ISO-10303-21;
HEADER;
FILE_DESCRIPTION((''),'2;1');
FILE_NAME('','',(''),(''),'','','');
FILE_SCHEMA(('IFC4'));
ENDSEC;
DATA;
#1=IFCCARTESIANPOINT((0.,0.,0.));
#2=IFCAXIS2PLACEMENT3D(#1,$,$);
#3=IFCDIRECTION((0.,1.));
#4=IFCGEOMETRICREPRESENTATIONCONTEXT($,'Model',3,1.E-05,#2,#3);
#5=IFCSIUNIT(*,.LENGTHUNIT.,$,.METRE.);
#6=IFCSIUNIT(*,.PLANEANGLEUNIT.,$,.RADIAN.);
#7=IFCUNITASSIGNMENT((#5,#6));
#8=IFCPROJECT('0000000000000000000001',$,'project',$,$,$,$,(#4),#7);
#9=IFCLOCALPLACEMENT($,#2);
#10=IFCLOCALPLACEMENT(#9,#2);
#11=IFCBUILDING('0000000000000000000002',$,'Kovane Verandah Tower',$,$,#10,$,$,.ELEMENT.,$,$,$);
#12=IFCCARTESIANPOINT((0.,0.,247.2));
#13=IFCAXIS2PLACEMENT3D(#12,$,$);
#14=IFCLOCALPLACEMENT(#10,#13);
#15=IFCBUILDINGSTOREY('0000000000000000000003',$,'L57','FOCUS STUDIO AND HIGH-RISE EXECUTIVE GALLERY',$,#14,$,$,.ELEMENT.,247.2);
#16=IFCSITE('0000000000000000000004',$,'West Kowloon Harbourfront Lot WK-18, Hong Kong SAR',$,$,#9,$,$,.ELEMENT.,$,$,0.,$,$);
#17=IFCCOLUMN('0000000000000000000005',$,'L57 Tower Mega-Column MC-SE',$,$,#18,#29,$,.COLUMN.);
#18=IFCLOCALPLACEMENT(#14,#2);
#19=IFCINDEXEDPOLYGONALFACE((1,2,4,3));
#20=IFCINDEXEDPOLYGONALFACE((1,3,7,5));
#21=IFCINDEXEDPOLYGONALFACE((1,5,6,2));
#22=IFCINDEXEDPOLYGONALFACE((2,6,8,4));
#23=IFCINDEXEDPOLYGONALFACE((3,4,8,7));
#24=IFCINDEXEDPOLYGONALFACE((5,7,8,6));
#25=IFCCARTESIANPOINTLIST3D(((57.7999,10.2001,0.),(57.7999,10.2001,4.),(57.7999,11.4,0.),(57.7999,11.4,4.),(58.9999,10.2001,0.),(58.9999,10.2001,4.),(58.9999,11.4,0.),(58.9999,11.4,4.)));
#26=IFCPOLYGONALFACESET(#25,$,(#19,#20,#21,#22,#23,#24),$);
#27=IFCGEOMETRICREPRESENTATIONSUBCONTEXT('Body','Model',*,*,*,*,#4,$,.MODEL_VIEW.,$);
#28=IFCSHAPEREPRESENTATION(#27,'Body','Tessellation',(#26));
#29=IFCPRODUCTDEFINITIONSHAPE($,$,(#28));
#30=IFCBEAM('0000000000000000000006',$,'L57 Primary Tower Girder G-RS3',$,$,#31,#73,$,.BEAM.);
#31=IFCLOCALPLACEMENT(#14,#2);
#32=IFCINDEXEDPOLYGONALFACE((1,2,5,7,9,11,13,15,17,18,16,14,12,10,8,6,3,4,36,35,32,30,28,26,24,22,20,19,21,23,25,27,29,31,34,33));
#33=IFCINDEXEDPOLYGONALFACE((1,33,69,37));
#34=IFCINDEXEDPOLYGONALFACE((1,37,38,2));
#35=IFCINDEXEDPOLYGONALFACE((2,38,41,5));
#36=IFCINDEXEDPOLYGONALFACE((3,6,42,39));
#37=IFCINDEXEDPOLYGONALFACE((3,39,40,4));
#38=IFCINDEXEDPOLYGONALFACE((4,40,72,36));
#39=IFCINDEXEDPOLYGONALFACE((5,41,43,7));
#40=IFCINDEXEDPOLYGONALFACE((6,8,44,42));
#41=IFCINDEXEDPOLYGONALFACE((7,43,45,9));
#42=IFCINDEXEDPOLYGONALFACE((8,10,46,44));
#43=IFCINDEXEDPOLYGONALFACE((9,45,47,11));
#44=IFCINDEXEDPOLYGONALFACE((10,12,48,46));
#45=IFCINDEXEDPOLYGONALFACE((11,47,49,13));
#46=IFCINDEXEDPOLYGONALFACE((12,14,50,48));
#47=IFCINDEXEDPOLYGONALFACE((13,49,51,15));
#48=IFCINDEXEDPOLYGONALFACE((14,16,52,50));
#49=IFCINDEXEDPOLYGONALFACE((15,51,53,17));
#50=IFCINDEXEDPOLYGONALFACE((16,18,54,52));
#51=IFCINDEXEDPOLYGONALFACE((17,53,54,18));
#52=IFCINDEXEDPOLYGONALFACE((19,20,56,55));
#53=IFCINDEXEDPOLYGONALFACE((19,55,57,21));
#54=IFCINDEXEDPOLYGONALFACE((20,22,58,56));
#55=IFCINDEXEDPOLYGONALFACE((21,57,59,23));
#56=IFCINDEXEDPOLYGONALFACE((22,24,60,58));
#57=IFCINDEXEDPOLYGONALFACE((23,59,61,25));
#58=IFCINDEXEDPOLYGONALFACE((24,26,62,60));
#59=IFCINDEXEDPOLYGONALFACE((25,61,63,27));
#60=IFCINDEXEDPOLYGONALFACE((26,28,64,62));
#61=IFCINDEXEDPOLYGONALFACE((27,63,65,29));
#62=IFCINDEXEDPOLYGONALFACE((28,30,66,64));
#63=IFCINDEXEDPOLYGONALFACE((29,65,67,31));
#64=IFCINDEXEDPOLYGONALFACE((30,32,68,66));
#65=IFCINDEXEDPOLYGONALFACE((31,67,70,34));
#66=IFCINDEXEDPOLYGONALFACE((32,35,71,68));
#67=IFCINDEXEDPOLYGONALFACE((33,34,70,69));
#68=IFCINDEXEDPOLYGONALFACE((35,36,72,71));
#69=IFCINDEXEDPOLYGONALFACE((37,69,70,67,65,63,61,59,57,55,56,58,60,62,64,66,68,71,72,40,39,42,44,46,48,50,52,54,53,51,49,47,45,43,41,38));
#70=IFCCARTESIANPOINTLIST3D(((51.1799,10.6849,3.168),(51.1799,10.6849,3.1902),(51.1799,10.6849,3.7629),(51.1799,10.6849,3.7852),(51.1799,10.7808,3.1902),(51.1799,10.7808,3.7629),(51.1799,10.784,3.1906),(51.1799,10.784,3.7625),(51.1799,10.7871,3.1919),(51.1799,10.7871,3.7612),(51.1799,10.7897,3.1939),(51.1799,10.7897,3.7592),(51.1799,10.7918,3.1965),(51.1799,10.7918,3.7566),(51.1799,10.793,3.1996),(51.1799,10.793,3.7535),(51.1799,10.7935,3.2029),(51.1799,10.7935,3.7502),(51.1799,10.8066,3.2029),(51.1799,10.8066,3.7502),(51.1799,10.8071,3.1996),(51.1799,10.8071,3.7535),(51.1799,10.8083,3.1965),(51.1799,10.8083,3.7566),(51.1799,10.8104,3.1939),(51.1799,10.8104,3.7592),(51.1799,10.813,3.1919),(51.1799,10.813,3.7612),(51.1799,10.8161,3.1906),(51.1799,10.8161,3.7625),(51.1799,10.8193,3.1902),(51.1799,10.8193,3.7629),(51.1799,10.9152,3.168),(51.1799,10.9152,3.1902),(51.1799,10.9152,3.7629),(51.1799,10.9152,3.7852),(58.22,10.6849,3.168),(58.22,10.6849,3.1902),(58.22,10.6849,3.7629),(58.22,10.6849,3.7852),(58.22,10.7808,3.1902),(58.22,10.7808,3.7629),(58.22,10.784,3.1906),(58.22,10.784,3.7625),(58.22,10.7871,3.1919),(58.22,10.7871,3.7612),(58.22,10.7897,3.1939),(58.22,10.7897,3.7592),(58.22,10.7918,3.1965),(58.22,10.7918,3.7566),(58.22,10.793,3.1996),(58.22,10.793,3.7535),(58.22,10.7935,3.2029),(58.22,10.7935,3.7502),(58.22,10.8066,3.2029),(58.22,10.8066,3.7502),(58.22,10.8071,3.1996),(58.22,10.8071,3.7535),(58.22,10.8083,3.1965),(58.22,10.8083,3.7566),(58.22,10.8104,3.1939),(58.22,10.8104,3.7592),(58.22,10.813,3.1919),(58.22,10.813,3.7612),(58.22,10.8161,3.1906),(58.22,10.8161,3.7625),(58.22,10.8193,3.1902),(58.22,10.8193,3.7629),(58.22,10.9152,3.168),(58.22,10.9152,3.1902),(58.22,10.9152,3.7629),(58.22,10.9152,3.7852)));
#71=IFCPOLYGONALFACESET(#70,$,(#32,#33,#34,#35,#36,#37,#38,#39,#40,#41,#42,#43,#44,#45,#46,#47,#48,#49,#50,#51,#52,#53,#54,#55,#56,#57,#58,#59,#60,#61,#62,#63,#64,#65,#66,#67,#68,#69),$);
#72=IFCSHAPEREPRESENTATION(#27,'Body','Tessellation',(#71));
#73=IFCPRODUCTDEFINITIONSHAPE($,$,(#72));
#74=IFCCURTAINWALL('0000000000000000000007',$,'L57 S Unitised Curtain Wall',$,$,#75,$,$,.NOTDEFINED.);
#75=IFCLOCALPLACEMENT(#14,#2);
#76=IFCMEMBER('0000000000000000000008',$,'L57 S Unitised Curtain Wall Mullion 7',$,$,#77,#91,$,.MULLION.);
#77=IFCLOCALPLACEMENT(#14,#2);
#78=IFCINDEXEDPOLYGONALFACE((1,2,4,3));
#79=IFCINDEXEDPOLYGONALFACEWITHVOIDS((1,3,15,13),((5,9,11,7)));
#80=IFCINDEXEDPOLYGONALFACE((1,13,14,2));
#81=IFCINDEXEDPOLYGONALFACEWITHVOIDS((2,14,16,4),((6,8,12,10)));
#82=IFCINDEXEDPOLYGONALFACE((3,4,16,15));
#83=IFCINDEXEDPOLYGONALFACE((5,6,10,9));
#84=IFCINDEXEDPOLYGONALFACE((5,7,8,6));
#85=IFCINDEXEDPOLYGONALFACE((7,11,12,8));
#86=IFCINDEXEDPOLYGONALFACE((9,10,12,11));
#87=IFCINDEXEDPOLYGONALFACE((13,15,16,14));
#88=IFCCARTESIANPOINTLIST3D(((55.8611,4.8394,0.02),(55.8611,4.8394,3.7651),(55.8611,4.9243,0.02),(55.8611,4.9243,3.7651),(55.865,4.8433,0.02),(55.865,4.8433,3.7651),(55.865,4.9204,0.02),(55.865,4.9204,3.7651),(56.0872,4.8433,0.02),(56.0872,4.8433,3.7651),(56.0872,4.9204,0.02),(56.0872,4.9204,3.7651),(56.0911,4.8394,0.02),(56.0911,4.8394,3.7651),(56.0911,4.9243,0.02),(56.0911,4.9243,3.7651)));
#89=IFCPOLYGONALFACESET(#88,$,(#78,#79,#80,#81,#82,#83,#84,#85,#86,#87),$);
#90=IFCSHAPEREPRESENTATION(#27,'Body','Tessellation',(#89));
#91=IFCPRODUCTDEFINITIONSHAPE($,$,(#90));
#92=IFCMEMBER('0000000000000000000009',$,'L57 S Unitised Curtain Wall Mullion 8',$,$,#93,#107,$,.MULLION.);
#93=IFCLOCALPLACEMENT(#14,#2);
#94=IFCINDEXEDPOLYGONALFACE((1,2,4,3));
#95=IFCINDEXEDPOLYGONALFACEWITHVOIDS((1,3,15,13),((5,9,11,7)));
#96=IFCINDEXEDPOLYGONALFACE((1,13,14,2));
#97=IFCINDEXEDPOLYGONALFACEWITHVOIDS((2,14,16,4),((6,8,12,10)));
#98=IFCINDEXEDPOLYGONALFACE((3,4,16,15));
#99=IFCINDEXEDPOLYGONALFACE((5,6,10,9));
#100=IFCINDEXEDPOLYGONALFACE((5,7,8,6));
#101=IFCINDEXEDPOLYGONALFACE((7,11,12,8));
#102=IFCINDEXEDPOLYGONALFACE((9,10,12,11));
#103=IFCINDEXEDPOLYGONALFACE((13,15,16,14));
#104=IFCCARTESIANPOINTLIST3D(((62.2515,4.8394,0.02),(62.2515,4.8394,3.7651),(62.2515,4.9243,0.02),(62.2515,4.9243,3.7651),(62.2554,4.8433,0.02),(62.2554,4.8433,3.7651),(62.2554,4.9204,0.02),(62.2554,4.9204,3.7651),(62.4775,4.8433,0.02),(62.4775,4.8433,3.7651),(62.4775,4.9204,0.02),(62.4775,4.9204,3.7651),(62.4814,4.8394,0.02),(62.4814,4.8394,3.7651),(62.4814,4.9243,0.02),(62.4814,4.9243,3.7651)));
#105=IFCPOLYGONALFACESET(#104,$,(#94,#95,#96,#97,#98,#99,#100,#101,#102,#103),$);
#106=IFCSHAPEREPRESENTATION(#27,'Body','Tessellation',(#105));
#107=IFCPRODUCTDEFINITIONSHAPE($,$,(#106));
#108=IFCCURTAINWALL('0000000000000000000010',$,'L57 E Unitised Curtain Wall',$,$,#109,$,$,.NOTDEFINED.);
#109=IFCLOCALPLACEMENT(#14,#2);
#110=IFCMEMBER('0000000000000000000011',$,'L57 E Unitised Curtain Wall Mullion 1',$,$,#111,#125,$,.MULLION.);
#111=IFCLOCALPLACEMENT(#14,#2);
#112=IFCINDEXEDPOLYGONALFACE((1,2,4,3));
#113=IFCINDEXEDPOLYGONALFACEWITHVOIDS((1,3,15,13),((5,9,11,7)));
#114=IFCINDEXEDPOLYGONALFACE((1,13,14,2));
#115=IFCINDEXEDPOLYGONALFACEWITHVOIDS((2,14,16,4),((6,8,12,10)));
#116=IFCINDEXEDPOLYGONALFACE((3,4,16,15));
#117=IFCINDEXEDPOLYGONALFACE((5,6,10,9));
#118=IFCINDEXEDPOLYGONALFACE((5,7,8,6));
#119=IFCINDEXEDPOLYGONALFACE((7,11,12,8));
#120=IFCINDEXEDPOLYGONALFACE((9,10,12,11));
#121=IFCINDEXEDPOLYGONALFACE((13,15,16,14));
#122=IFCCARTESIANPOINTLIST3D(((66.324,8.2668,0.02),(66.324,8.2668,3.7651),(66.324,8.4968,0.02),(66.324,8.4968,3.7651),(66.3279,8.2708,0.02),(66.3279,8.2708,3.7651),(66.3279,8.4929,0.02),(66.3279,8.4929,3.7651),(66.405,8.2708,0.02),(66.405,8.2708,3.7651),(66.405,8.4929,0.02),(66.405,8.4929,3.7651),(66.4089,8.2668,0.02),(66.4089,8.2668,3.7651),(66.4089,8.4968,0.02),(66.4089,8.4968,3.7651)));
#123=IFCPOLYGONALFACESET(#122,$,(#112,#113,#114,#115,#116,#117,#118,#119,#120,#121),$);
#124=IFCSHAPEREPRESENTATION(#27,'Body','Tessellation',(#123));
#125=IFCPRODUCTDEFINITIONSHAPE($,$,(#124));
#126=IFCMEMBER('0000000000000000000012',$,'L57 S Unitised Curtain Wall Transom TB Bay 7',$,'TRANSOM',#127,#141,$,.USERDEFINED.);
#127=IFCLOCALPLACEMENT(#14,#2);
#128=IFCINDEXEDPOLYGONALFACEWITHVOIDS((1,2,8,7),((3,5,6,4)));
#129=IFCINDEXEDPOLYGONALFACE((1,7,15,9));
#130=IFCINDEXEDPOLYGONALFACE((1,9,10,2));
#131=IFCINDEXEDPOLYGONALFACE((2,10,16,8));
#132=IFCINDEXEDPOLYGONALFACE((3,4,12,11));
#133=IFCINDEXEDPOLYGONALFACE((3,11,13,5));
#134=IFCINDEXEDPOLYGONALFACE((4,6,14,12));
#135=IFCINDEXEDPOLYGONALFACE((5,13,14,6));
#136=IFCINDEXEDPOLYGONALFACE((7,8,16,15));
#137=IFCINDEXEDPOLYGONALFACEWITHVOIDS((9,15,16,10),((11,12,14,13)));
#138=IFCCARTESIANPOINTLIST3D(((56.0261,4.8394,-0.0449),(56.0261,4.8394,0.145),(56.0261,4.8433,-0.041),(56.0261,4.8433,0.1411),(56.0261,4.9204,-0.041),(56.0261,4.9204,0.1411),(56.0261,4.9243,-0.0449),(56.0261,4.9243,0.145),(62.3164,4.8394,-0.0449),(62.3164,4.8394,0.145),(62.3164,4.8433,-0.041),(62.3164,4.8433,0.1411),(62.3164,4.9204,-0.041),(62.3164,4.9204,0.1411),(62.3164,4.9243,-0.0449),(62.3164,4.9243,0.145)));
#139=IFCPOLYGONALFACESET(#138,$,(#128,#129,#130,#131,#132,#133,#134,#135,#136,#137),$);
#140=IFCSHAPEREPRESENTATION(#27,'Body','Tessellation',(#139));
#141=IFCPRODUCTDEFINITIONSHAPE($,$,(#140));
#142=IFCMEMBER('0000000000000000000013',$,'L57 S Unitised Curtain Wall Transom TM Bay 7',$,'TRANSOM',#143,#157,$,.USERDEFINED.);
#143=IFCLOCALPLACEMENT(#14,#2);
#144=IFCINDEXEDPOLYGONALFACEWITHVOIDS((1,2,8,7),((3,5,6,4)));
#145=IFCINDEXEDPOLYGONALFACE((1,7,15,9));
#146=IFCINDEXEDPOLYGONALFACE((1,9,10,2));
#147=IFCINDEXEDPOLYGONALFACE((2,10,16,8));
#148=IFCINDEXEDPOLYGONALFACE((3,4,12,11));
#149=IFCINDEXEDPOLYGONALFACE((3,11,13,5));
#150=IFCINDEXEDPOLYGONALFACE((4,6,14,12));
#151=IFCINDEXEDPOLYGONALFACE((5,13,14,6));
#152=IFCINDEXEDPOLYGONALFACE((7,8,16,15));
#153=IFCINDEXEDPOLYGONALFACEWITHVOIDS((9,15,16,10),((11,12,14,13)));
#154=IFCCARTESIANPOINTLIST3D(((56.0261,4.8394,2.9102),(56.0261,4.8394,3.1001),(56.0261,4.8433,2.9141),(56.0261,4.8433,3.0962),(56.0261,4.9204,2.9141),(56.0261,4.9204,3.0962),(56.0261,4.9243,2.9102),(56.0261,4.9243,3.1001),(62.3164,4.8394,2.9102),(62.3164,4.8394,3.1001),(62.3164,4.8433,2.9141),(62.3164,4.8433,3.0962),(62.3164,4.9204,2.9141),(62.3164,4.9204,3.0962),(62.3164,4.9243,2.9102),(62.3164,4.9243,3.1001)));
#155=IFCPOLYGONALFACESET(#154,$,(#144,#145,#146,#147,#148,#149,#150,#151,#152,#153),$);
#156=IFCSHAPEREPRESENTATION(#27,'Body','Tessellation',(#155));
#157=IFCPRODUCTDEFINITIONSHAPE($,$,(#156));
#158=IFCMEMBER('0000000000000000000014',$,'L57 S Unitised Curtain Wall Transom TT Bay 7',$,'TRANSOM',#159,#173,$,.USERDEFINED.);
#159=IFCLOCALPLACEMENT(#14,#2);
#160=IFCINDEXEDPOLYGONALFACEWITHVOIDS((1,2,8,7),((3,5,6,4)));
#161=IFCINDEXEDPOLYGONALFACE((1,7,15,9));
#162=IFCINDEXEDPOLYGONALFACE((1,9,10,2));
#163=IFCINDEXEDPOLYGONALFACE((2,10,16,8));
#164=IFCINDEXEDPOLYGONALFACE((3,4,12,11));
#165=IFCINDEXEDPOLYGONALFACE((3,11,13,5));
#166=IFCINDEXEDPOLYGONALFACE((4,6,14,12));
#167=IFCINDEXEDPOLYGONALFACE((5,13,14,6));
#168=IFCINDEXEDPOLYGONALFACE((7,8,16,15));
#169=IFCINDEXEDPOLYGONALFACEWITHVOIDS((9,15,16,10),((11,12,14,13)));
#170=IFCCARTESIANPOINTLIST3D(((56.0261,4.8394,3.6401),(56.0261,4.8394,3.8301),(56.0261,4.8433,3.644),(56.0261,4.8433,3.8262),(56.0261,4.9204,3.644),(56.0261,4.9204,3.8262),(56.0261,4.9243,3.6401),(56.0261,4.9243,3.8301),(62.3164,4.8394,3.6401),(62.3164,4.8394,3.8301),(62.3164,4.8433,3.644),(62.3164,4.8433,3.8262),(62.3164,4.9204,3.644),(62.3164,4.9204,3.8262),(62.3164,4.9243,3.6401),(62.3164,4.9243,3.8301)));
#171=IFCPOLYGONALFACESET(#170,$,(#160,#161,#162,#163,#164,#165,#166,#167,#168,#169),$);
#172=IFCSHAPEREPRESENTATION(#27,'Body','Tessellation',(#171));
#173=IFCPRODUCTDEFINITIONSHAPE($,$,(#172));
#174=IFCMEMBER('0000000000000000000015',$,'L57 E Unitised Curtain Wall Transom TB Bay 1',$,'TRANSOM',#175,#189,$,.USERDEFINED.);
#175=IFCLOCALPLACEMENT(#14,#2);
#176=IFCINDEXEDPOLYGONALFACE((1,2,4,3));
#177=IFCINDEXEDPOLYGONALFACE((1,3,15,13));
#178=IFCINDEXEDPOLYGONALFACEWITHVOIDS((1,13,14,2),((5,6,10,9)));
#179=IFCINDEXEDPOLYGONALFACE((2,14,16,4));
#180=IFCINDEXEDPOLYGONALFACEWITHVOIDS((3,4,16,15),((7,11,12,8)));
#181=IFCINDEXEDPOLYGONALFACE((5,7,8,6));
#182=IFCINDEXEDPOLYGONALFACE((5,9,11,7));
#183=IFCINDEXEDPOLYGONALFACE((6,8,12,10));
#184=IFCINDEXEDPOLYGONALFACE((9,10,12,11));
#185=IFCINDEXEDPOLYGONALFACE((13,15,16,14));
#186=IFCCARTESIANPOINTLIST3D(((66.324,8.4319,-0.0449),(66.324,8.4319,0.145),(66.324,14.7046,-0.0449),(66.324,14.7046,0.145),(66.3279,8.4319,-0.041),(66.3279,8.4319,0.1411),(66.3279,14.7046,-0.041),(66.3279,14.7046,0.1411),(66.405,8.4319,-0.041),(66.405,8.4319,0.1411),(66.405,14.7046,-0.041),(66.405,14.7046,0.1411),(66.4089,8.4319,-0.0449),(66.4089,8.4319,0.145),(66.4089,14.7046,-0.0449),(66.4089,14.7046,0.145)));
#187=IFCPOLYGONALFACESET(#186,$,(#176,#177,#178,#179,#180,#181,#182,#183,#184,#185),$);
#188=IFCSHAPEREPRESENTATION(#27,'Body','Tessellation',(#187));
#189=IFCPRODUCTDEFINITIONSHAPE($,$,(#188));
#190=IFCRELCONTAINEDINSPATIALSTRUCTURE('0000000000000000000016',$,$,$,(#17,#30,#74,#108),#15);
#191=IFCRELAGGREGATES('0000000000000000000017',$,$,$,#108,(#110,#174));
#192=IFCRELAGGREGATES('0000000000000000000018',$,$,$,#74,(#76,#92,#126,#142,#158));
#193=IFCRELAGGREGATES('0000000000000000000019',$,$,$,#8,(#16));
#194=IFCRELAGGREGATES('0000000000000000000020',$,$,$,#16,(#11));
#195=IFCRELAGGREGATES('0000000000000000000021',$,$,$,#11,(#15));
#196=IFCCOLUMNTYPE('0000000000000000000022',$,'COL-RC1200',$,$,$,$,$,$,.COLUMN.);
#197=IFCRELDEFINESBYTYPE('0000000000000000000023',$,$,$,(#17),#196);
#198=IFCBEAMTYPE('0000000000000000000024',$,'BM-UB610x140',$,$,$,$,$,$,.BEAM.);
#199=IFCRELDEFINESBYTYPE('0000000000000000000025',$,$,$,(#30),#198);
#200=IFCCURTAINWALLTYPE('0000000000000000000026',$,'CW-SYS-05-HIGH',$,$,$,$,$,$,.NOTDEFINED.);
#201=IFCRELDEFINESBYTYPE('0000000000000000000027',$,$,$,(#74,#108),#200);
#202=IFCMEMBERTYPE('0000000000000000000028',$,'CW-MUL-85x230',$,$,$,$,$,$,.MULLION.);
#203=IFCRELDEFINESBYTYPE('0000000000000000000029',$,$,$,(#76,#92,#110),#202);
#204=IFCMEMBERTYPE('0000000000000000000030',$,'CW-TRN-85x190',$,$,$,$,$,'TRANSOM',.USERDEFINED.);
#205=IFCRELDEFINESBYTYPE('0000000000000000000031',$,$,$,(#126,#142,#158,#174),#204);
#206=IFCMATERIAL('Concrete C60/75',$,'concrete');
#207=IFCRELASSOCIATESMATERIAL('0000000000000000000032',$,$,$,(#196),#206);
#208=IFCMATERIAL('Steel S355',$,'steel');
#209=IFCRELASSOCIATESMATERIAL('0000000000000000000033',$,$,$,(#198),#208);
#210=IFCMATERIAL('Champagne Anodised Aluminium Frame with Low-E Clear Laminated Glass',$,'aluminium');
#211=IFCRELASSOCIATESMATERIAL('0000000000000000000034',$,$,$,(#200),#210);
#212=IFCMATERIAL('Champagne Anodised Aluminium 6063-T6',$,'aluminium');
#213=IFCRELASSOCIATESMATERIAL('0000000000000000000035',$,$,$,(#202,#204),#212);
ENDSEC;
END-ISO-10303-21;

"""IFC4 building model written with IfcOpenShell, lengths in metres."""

from ifc_helpers import new_model, si_unit, direction, frame, origin, origin_2d, place, context, subcontext, project, spatial, rectangle, hollow_rectangle, i_section, extrude, material, material_profile, profile_set, type_object, element, aggregate, save


model = new_model("IFC4")

# Units and contexts
model_context = context("Model", 3, precision=1e-05, world=origin(), true_north=direction((0.0, 1.0)))
body_context = subcontext(model_context, "Body", "Model", "MODEL_VIEW")
ifc_project = project(units=[si_unit("LENGTHUNIT", "METRE"), si_unit("PLANEANGLEUNIT", "RADIAN")], contexts=[model_context])

# Site, building, storey
site_placement = place(None, origin())
site = spatial("IfcSite", under=ifc_project, at=site_placement, Name="West Kowloon Harbourfront Lot WK-18, Hong Kong SAR", CompositionType="ELEMENT", RefElevation=0.0)
building_placement = place(site_placement, origin())
building = spatial("IfcBuilding", under=site, at=building_placement, Name="Kovane Verandah Tower", CompositionType="ELEMENT")
storey_placement = place(building_placement, frame((0.0, 0.0, 247.2)))
storey = spatial("IfcBuildingStorey", under=building, at=storey_placement, Name="L57", Description="FOCUS STUDIO AND HIGH-RISE EXECUTIVE GALLERY", CompositionType="ELEMENT", Elevation=247.2)

# Column
ifc_material_1 = material(Name="Concrete C60/75", Category="concrete")
ifc_material_profile_1 = material_profile(ifc_material_1, rectangle(XDim=1.2, YDim=1.2, at=origin_2d()), Name="RC1200x1200")
ifc_profile_set_1 = profile_set([ifc_material_profile_1], Name="Concrete C60/75")
column_type = type_object("IfcColumnType", Name="COL-RC1200", PredefinedType="COLUMN", material=ifc_profile_set_1)
column_placement = place(storey_placement, frame((58.3999, 10.8, 0.0), z_axis=(0.0, 0.0, 1.0), x_axis=(1.0, 0.0, 0.0)))
element("IfcColumn", 1, at=column_placement, inside=storey, type_object=column_type, Name="L57 Tower Mega-Column MC-SE", PredefinedType="COLUMN", context=body_context, shape_type="SweptSolid", body=[
    extrude(rectangle(XDim=1.2, YDim=1.2, at=origin_2d()), origin(), (0.0, 0.0, 1.0), 4.0),
])

# Beam
ifc_material_2 = material(Name="Steel S355", Category="steel")
ifc_material_profile_2 = material_profile(ifc_material_2, i_section(OverallWidth=0.2302, OverallDepth=0.6172, WebThickness=0.0132, FlangeThickness=0.0222, FilletRadius=0.0127, at=origin_2d()), Name="UB610x229x140")
ifc_profile_set_2 = profile_set([ifc_material_profile_2], Name="Steel S355")
beam_type_1 = type_object("IfcBeamType", Name="BM-UB610x140", PredefinedType="BEAM", material=ifc_profile_set_2)
beam_1_placement = place(storey_placement, frame((51.1799, 10.8, 3.4766), z_axis=(1.0, 0.0, 0.0), x_axis=(0.0, 1.0, 0.0)))
element("IfcBeam", 2, at=beam_1_placement, inside=storey, type_object=beam_type_1, Name="L57 Primary Tower Girder G-RS3", PredefinedType="BEAM", context=body_context, shape_type="SweptSolid", body=[
    extrude(i_section(OverallWidth=0.2302, OverallDepth=0.6172, WebThickness=0.0132, FlangeThickness=0.0222, FilletRadius=0.0127, at=origin_2d()), origin(), (0.0, 0.0, 1.0), 7.04),
])

# Curtain wall, members
ifc_material_3 = material(Name="Champagne Anodised Aluminium Frame with Low-E Clear Laminated Glass", Category="aluminium")
curtain_wall_type = type_object("IfcCurtainWallType", Name="CW-SYS-05-HIGH", PredefinedType="NOTDEFINED", material=ifc_material_3)
curtain_wall_1_placement = place(storey_placement, origin())
curtain_wall_1 = element("IfcCurtainWall", 3, at=curtain_wall_1_placement, inside=storey, type_object=curtain_wall_type, Name="L57 S Unitised Curtain Wall", PredefinedType="NOTDEFINED")
ifc_material_4 = material(Name="Champagne Anodised Aluminium 6063-T6", Category="aluminium")
ifc_material_profile_3 = material_profile(ifc_material_4, hollow_rectangle(XDim=0.085, YDim=0.23, WallThickness=0.0039, at=origin_2d()), Name="AL85x230x4")
ifc_profile_set_3 = profile_set([ifc_material_profile_3], Name="Champagne Anodised Aluminium 6063-T6")
member_type_1 = type_object("IfcMemberType", Name="CW-MUL-85x230", PredefinedType="MULLION", material=ifc_profile_set_3)
member_1_placement = place(storey_placement, frame((55.9761, 4.8818, 0.02), z_axis=(0.0, 0.0, 1.0), x_axis=(0.0, -1.0, 0.0)))
member_1 = element("IfcMember", 4, at=member_1_placement, type_object=member_type_1, Name="L57 S Unitised Curtain Wall Mullion 7", PredefinedType="MULLION", context=body_context, shape_type="SweptSolid", body=[
    extrude(hollow_rectangle(XDim=0.085, YDim=0.23, WallThickness=0.0039, at=origin_2d()), origin(), (0.0, 0.0, 1.0), 3.7451),
])
member_2_placement = place(storey_placement, frame((62.3665, 4.8818, 0.02), z_axis=(0.0, 0.0, 1.0), x_axis=(0.0, -1.0, 0.0)))
member_2 = element("IfcMember", 5, at=member_2_placement, type_object=member_type_1, Name="L57 S Unitised Curtain Wall Mullion 8", PredefinedType="MULLION", context=body_context, shape_type="SweptSolid", body=[
    extrude(hollow_rectangle(XDim=0.085, YDim=0.23, WallThickness=0.0039, at=origin_2d()), origin(), (0.0, 0.0, 1.0), 3.7451),
])

# Curtain wall, member
curtain_wall_2_placement = place(storey_placement, origin())
curtain_wall_2 = element("IfcCurtainWall", 6, at=curtain_wall_2_placement, inside=storey, type_object=curtain_wall_type, Name="L57 E Unitised Curtain Wall", PredefinedType="NOTDEFINED")
member_3_placement = place(storey_placement, frame((66.3665, 8.3818, 0.02), z_axis=(0.0, 0.0, 1.0), x_axis=(1.0, 0.0, 0.0)))
member_3 = element("IfcMember", 7, at=member_3_placement, type_object=member_type_1, Name="L57 E Unitised Curtain Wall Mullion 1", PredefinedType="MULLION", context=body_context, shape_type="SweptSolid", body=[
    extrude(hollow_rectangle(XDim=0.085, YDim=0.23, WallThickness=0.0039, at=origin_2d()), origin(), (0.0, 0.0, 1.0), 3.7451),
])

# Members
ifc_material_profile_4 = material_profile(ifc_material_4, hollow_rectangle(XDim=0.085, YDim=0.1899, WallThickness=0.0039, at=origin_2d()), Name="AL85x190x4")
ifc_profile_set_4 = profile_set([ifc_material_profile_4], Name="Champagne Anodised Aluminium 6063-T6")
member_type_2 = type_object("IfcMemberType", Name="CW-TRN-85x190", ElementType="TRANSOM", PredefinedType="USERDEFINED", material=ifc_profile_set_4)
member_4_placement = place(storey_placement, frame((56.0261, 4.8818, 0.05), z_axis=(1.0, 0.0, 0.0), x_axis=(0.0, 1.0, 0.0)))
member_4 = element("IfcMember", 8, at=member_4_placement, type_object=member_type_2, Name="L57 S Unitised Curtain Wall Transom TB Bay 7", ObjectType="TRANSOM", PredefinedType="USERDEFINED", context=body_context, shape_type="SweptSolid", body=[
    extrude(hollow_rectangle(XDim=0.085, YDim=0.1899, WallThickness=0.0039, at=origin_2d()), origin(), (0.0, 0.0, 1.0), 6.2903),
])
member_5_placement = place(storey_placement, frame((56.0261, 4.8818, 3.0051), z_axis=(1.0, 0.0, 0.0), x_axis=(0.0, 1.0, 0.0)))
member_5 = element("IfcMember", 9, at=member_5_placement, type_object=member_type_2, Name="L57 S Unitised Curtain Wall Transom TM Bay 7", ObjectType="TRANSOM", PredefinedType="USERDEFINED", context=body_context, shape_type="SweptSolid", body=[
    extrude(hollow_rectangle(XDim=0.085, YDim=0.1899, WallThickness=0.0039, at=origin_2d()), origin(), (0.0, 0.0, 1.0), 6.2903),
])
member_6_placement = place(storey_placement, frame((56.0261, 4.8818, 3.7351), z_axis=(1.0, 0.0, 0.0), x_axis=(0.0, 1.0, 0.0)))
member_6 = element("IfcMember", 10, at=member_6_placement, type_object=member_type_2, Name="L57 S Unitised Curtain Wall Transom TT Bay 7", ObjectType="TRANSOM", PredefinedType="USERDEFINED", context=body_context, shape_type="SweptSolid", body=[
    extrude(hollow_rectangle(XDim=0.085, YDim=0.1899, WallThickness=0.0039, at=origin_2d()), origin(), (0.0, 0.0, 1.0), 6.2903),
])
member_7_placement = place(storey_placement, frame((66.3665, 8.4319, 0.05), z_axis=(0.0, 1.0, 0.0), x_axis=(-1.0, 0.0, 0.0)))
member_7 = element("IfcMember", 11, at=member_7_placement, type_object=member_type_2, Name="L57 E Unitised Curtain Wall Transom TB Bay 1", ObjectType="TRANSOM", PredefinedType="USERDEFINED", context=body_context, shape_type="SweptSolid", body=[
    extrude(hollow_rectangle(XDim=0.085, YDim=0.1899, WallThickness=0.0039, at=origin_2d()), origin(), (0.0, 0.0, 1.0), 6.2727),
])
aggregate(curtain_wall_2, [member_3, member_7])

aggregate(curtain_wall_1, [member_1, member_2, member_4, member_5, member_6])

save(model, "model.ifc")
